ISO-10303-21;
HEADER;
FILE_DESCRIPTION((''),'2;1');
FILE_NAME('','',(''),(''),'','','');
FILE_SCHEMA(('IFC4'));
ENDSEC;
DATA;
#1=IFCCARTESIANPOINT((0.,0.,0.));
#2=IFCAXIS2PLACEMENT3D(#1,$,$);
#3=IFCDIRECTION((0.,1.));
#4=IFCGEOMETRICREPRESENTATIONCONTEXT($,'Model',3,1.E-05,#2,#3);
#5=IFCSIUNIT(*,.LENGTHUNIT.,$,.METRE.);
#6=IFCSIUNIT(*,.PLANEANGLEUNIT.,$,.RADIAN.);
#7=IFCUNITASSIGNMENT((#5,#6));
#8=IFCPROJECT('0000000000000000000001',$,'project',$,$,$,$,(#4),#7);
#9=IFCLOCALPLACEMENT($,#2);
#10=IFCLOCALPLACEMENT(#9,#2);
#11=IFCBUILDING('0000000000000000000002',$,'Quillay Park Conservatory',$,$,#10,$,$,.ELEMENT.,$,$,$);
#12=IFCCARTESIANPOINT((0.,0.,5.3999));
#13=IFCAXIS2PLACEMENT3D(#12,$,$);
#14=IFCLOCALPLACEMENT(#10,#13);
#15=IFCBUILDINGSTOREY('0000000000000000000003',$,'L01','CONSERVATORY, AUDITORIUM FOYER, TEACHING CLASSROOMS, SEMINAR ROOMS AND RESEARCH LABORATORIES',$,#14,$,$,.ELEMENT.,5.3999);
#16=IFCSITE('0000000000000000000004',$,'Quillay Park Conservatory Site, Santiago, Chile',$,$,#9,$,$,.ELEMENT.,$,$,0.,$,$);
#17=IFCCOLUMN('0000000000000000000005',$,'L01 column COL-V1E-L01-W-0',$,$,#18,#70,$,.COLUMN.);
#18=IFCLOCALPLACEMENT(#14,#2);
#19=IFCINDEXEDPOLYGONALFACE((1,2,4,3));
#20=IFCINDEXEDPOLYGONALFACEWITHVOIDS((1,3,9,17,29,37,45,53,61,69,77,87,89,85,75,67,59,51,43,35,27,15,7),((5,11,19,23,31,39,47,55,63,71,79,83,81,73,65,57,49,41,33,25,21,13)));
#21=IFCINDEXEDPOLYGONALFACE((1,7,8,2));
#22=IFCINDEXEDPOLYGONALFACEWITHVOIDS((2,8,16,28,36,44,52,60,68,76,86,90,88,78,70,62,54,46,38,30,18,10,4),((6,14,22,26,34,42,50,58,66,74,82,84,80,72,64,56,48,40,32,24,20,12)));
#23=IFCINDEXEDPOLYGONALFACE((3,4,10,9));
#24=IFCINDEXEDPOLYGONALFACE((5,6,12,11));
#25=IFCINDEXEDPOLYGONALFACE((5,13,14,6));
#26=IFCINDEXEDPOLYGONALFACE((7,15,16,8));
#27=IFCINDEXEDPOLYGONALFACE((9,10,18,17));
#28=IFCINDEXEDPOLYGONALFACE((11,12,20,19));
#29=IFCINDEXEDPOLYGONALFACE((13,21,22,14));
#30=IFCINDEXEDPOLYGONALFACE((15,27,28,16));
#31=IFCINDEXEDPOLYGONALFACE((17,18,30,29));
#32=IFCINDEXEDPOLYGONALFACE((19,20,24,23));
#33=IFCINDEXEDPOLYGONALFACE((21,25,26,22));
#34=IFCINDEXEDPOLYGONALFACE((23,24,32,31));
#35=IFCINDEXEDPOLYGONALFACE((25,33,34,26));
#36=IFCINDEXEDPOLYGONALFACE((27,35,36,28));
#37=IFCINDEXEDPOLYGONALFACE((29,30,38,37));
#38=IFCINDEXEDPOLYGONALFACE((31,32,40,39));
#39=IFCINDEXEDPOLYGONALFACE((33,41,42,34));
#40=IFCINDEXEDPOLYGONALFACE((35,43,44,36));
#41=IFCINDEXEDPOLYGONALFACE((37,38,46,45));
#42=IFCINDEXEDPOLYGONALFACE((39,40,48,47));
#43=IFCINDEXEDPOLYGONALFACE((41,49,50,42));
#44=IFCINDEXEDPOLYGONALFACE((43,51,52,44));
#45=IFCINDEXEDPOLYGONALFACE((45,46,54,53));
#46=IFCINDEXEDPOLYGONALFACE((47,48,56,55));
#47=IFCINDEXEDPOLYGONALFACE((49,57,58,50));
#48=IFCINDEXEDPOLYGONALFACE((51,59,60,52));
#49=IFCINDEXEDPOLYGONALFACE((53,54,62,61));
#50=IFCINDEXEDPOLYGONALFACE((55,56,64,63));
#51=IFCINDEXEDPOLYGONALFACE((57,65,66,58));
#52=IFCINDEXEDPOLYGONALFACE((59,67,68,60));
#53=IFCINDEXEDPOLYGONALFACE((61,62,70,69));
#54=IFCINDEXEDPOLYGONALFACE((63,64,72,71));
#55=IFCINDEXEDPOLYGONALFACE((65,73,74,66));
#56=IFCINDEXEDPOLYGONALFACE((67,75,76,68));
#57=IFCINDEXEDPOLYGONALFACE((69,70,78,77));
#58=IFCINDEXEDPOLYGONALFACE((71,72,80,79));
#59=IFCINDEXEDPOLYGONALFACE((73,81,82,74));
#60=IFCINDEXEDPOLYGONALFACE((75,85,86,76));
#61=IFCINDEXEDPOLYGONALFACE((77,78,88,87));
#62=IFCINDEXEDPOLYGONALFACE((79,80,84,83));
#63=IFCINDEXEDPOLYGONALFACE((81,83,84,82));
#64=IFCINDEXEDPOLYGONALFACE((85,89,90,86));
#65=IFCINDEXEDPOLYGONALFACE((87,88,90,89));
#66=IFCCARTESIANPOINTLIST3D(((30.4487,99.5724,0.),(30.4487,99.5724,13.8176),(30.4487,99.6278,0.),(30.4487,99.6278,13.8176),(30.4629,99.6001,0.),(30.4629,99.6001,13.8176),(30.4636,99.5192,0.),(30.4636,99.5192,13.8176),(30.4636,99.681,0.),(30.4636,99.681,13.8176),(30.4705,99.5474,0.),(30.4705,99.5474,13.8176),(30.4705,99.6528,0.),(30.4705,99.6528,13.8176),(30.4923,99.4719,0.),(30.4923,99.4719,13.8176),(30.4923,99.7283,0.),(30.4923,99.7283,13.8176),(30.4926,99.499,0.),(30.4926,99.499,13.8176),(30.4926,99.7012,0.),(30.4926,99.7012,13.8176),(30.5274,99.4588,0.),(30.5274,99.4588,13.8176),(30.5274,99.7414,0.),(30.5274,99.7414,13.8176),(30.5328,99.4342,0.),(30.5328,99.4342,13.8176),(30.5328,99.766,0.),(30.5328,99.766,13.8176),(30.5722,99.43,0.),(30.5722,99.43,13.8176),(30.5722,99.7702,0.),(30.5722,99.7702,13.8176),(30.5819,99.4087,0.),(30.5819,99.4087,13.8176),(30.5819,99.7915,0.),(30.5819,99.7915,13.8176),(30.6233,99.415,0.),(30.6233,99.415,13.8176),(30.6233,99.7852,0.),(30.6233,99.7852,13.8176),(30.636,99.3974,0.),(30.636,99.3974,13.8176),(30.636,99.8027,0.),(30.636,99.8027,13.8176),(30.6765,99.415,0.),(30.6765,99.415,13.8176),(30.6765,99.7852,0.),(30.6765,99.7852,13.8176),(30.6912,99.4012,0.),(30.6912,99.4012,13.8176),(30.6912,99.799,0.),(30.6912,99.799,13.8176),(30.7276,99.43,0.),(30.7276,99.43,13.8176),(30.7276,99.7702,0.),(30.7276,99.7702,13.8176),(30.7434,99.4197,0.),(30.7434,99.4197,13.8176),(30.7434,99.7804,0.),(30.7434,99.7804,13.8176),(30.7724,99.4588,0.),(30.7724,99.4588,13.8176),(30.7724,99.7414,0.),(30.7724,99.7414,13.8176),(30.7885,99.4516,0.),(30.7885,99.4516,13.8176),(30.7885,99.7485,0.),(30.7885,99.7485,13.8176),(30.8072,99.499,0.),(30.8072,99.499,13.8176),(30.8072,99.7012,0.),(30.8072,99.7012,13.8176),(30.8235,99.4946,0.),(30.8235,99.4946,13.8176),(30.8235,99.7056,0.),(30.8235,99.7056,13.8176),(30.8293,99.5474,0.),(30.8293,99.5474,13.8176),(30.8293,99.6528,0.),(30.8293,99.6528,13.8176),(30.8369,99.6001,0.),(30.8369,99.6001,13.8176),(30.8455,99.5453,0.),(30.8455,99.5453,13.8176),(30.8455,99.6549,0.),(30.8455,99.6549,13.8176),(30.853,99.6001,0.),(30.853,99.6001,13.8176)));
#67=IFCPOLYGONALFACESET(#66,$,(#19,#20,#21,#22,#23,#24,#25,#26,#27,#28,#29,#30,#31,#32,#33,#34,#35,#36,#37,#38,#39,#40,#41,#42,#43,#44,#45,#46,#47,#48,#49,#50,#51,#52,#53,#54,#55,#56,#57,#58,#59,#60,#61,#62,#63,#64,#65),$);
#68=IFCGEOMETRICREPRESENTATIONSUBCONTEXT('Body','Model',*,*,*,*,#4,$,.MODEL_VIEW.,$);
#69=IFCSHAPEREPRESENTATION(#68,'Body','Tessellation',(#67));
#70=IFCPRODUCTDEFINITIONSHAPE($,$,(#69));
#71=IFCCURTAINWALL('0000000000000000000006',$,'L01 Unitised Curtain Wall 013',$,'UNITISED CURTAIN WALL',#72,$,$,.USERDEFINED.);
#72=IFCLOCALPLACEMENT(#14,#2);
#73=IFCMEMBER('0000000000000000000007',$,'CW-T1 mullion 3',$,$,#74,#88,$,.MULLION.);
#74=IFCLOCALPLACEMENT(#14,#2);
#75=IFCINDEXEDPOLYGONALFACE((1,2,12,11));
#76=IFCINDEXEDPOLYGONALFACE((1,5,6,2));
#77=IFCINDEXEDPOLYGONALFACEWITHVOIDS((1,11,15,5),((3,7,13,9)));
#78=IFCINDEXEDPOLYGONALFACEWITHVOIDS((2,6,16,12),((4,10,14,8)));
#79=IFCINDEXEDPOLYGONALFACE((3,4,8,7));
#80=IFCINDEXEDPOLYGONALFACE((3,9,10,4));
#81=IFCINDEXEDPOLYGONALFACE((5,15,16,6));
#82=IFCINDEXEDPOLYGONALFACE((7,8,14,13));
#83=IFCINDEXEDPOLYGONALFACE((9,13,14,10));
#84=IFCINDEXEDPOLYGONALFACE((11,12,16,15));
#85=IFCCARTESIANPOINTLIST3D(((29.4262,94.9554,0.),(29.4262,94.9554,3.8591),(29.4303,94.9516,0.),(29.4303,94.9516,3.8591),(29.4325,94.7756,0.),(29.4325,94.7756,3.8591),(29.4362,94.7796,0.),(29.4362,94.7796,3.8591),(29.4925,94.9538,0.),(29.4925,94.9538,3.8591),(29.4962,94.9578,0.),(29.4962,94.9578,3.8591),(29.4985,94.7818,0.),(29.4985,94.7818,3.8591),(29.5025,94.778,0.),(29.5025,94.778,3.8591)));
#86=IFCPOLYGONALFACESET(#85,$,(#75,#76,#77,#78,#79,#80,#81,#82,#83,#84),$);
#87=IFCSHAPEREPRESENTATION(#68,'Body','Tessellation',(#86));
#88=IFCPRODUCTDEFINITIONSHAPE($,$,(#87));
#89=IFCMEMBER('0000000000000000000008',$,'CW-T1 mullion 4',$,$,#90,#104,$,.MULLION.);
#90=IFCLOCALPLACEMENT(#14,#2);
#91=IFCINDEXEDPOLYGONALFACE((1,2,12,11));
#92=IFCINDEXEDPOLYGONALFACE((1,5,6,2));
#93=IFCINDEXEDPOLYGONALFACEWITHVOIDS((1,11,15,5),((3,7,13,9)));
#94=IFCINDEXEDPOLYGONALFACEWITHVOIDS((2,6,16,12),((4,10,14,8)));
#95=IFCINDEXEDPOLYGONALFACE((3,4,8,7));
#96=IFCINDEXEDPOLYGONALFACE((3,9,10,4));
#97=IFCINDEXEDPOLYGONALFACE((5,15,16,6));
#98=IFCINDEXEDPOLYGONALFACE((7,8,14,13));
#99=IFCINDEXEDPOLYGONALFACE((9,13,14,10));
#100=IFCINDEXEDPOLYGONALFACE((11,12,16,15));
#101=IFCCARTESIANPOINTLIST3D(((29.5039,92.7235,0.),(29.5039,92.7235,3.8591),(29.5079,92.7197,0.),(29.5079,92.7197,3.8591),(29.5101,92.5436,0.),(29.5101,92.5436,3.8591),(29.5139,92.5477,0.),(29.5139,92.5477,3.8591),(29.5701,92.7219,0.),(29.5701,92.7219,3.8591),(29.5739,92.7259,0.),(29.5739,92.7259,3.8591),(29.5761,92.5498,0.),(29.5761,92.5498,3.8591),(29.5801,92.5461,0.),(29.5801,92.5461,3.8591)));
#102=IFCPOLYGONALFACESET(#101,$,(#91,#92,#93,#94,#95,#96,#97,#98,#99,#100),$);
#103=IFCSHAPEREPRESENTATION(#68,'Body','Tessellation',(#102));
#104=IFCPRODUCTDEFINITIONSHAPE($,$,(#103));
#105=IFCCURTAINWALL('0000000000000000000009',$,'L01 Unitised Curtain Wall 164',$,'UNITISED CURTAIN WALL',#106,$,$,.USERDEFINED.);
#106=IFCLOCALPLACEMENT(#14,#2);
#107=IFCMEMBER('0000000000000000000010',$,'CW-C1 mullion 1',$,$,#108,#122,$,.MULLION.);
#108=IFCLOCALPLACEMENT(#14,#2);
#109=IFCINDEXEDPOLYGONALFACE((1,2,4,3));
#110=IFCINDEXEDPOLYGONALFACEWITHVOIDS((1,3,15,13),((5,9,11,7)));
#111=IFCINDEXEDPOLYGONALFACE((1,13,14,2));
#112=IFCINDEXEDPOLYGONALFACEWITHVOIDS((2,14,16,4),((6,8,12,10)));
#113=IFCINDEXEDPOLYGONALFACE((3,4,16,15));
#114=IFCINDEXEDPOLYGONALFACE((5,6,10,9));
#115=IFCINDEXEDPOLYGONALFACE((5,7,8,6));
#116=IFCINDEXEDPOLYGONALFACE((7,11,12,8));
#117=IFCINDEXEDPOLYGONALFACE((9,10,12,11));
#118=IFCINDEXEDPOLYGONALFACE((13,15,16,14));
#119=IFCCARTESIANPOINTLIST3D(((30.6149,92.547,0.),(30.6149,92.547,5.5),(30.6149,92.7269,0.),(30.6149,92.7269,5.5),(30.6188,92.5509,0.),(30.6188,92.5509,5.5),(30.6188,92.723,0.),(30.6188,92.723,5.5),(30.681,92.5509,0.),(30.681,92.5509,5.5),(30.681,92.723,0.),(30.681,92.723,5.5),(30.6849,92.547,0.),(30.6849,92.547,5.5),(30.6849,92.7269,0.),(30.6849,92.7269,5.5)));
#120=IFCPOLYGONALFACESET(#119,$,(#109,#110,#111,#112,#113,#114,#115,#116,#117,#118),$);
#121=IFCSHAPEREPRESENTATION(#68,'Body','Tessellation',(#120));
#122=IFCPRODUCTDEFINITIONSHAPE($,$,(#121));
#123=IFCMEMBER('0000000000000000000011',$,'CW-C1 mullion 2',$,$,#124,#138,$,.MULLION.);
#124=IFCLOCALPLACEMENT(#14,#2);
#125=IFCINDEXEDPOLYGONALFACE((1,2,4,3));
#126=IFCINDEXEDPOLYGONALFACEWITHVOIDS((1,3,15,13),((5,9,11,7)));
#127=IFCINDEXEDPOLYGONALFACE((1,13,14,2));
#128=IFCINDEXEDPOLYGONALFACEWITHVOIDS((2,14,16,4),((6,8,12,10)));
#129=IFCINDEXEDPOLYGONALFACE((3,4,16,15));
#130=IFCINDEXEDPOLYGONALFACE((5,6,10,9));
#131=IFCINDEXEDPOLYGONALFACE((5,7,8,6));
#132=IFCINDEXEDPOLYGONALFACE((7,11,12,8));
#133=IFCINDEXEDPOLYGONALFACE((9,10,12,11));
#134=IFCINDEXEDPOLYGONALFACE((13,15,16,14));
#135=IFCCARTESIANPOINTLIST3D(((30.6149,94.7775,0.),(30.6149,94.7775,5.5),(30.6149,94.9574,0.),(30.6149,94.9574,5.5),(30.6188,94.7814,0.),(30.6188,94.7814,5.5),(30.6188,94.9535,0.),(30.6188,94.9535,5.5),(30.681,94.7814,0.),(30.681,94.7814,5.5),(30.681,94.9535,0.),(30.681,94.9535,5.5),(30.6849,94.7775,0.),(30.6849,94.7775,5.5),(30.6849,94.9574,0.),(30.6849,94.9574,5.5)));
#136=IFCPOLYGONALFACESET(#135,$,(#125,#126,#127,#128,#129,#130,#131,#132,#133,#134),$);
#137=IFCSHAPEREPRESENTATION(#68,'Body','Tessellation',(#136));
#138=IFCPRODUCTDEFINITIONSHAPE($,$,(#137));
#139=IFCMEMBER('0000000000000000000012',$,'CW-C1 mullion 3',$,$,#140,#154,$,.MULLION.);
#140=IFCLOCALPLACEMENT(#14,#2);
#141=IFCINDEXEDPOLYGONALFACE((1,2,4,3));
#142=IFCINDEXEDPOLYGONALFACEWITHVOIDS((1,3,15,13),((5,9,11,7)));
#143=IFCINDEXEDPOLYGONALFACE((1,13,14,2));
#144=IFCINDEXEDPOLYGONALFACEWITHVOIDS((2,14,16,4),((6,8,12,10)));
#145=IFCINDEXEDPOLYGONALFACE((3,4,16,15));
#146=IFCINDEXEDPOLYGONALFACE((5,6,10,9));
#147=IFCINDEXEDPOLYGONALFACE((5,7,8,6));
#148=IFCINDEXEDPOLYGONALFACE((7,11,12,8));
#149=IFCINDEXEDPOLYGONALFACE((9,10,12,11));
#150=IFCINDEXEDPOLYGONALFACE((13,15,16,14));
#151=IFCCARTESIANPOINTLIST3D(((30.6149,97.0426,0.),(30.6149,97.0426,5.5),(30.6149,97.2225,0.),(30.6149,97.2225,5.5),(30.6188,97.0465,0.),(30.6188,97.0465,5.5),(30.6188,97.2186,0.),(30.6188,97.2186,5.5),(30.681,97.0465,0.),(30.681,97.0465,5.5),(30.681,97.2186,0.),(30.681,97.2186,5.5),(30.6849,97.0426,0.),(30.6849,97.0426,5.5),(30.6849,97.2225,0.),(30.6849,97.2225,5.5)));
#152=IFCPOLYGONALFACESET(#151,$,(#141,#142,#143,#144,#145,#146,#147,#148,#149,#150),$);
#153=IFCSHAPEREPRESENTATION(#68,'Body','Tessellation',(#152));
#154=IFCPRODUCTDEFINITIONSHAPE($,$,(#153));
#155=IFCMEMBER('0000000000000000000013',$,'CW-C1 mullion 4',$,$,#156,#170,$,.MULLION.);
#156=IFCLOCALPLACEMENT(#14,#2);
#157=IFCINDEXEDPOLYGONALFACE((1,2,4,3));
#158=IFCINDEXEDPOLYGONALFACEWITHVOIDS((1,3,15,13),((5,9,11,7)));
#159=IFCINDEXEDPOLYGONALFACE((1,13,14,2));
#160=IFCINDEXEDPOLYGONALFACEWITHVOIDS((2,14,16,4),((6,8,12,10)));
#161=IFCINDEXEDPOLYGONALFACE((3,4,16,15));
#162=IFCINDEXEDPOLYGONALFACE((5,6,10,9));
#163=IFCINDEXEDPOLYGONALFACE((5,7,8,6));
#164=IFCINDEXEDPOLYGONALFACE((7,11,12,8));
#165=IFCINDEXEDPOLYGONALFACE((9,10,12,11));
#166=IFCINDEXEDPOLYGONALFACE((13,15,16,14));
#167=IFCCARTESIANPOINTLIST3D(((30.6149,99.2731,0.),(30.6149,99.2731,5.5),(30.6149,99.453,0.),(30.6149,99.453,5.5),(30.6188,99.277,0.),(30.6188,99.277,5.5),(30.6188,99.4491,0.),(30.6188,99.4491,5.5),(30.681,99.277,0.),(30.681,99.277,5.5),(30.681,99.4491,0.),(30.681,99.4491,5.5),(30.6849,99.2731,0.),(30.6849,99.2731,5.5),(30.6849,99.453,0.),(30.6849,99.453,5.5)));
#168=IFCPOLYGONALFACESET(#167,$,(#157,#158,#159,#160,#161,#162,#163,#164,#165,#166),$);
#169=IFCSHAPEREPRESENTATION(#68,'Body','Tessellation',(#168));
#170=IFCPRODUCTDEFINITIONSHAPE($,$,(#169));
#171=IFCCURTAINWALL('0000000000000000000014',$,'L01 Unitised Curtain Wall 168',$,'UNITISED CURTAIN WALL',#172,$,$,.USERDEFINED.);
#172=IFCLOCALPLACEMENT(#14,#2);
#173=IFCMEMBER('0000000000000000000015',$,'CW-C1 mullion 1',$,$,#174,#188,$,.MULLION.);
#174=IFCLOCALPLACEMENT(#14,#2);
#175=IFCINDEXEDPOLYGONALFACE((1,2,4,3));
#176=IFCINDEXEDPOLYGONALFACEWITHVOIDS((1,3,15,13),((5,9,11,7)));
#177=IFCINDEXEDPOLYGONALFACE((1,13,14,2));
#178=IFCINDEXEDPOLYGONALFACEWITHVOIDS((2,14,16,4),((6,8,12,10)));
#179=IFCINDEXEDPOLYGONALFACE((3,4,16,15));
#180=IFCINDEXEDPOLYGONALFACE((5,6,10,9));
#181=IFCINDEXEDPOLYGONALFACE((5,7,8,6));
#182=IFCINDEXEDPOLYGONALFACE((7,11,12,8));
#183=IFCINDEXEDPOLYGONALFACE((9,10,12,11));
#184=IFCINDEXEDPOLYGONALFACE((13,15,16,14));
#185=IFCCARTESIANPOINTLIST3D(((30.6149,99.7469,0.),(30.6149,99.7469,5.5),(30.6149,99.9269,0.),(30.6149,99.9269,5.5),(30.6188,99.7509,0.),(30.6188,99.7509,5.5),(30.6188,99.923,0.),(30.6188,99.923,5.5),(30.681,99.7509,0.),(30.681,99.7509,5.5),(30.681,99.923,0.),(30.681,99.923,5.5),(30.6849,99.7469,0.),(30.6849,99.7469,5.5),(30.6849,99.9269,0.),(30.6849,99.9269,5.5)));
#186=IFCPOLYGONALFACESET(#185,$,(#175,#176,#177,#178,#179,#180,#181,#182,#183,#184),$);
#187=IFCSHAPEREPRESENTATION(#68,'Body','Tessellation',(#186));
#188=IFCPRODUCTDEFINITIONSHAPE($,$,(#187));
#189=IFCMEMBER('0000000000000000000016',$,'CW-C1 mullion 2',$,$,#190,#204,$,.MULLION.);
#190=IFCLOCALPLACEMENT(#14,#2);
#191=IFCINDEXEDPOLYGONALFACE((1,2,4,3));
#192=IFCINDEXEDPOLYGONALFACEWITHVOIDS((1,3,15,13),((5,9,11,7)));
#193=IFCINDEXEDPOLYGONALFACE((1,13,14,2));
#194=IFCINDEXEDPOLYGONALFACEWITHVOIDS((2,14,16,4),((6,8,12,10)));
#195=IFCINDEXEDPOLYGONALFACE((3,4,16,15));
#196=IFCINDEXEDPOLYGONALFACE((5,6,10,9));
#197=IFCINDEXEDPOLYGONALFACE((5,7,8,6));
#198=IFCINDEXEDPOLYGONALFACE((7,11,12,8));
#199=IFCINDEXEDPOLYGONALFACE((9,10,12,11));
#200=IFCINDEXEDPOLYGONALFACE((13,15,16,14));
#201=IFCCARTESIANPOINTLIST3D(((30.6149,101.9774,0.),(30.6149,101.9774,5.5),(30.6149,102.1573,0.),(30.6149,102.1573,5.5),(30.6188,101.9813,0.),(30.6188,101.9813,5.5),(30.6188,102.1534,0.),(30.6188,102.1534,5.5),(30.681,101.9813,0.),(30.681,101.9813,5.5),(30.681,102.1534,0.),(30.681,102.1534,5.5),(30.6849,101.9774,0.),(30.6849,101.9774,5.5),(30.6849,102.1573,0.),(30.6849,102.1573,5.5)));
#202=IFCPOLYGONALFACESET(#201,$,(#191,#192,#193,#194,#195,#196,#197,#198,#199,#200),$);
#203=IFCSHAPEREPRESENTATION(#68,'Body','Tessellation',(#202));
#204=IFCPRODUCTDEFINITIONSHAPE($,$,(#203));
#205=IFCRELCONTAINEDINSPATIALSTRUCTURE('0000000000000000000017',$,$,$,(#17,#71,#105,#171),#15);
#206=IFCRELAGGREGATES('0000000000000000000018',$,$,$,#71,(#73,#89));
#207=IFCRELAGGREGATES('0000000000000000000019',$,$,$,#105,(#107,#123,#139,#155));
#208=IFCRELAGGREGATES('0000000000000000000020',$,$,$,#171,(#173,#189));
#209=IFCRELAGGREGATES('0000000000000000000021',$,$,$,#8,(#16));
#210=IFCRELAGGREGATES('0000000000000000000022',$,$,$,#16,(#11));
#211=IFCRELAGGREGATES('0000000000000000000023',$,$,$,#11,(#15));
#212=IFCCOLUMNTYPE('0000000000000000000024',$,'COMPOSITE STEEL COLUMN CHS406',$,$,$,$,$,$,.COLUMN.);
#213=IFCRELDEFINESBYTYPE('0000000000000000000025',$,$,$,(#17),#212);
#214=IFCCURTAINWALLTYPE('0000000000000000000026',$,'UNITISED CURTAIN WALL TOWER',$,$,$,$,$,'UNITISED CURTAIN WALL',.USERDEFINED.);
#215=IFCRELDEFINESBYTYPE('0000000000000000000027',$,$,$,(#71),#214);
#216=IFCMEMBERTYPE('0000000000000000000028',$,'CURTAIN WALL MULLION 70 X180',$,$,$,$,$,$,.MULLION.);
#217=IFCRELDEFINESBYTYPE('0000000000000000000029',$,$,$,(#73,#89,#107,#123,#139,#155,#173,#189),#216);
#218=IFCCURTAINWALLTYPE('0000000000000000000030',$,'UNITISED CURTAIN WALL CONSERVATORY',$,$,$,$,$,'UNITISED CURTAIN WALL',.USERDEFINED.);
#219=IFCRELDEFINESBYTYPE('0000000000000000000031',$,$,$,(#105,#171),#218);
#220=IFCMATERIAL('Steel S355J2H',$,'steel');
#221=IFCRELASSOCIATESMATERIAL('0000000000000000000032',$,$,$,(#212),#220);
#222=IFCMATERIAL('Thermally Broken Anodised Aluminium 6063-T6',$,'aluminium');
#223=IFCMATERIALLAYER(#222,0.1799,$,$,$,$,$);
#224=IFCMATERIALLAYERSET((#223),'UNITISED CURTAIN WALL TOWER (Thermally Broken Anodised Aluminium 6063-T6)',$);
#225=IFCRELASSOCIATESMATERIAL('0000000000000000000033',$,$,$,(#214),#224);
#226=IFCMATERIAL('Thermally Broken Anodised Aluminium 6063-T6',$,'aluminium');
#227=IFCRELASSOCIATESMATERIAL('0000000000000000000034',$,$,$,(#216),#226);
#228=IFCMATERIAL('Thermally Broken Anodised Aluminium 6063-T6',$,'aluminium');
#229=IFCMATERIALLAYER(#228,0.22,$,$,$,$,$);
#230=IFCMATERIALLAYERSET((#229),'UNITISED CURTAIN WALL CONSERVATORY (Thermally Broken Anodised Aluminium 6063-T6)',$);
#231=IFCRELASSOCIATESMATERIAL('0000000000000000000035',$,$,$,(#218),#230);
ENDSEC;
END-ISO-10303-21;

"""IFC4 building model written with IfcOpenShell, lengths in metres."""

from ifc_helpers import new_model, si_unit, direction, frame, origin, origin_2d, place, context, subcontext, project, spatial, hollow_rectangle, hollow_circle, extrude, material, layer, layer_set, material_profile, profile_set, type_object, element, aggregate, save


model = new_model("IFC4")

# Units and contexts
model_context = context("Model", 3, precision=1e-05, world=origin(), true_north=direction((0.0, 1.0)))
body_context = subcontext(model_context, "Body", "Model", "MODEL_VIEW")
ifc_project = project(units=[si_unit("LENGTHUNIT", "METRE"), si_unit("PLANEANGLEUNIT", "RADIAN")], contexts=[model_context])

# Site, building, storey
site_placement = place(None, origin())
site = spatial("IfcSite", under=ifc_project, at=site_placement, Name="Quillay Park Conservatory Site, Santiago, Chile", CompositionType="ELEMENT", RefElevation=0.0)
building_placement = place(site_placement, origin())
building = spatial("IfcBuilding", under=site, at=building_placement, Name="Quillay Park Conservatory", CompositionType="ELEMENT")
storey_placement = place(building_placement, frame((0.0, 0.0, 5.3999)))
storey = spatial("IfcBuildingStorey", under=building, at=storey_placement, Name="L01", Description="CONSERVATORY, AUDITORIUM FOYER, TEACHING CLASSROOMS, SEMINAR ROOMS AND RESEARCH LABORATORIES", CompositionType="ELEMENT", Elevation=5.3999)

# Column
ifc_material_1 = material(Name="Steel S355J2H", Category="steel")
ifc_material_profile_1 = material_profile(ifc_material_1, hollow_circle(Radius=0.2031, WallThickness=0.0161, at=origin_2d()), Name="CHS406.4x16")
ifc_profile_set_1 = profile_set([ifc_material_profile_1], Name="Steel S355J2H")
column_type = type_object("IfcColumnType", Name="COMPOSITE STEEL COLUMN CHS406", PredefinedType="COLUMN", material=ifc_profile_set_1)
column_placement = place(storey_placement, frame((30.6499, 99.6001, 0.0), z_axis=(0.0, 0.0, 1.0), x_axis=(1.0, 0.0, 0.0)))
element("IfcColumn", 1, at=column_placement, inside=storey, type_object=column_type, Name="L01 column COL-V1E-L01-W-0", PredefinedType="COLUMN", context=body_context, shape_type="SweptSolid", body=[
    extrude(hollow_circle(Radius=0.2031, WallThickness=0.0161, at=origin_2d()), origin(), (0.0, 0.0, 1.0), 13.8176),
])

# Curtain walls, members
ifc_material_2 = material(Name="Thermally Broken Anodised Aluminium 6063-T6", Category="aluminium")
ifc_layer_1 = layer(ifc_material_2, 0.1799)
ifc_layer_set_1 = layer_set([ifc_layer_1], Name="UNITISED CURTAIN WALL TOWER (Thermally Broken Anodised Aluminium 6063-T6)")
curtain_wall_type_1 = type_object("IfcCurtainWallType", Name="UNITISED CURTAIN WALL TOWER", ElementType="UNITISED CURTAIN WALL", PredefinedType="USERDEFINED", material=ifc_layer_set_1)
curtain_wall_1_placement = place(storey_placement, origin())
curtain_wall_1 = element("IfcCurtainWall", 2, at=curtain_wall_1_placement, inside=storey, type_object=curtain_wall_type_1, Name="L01 Unitised Curtain Wall 013", ObjectType="UNITISED CURTAIN WALL", PredefinedType="USERDEFINED")
ifc_material_3 = material(Name="Thermally Broken Anodised Aluminium 6063-T6", Category="aluminium")
ifc_material_profile_2 = material_profile(ifc_material_3, hollow_rectangle(XDim=0.0701, YDim=0.1799, WallThickness=0.0039, at=origin_2d()), Name="AL70x180x4")
ifc_profile_set_2 = profile_set([ifc_material_profile_2], Name="Thermally Broken Anodised Aluminium 6063-T6")
member_type_1 = type_object("IfcMemberType", Name="CURTAIN WALL MULLION 70 X180", PredefinedType="MULLION", material=ifc_profile_set_2)
member_1_placement = place(storey_placement, frame((29.4644, 94.8667, 0.0), z_axis=(0.0, 0.0, 1.0), x_axis=(0.999397, 0.034713, 0.0)))
member_1 = element("IfcMember", 3, at=member_1_placement, type_object=member_type_1, Name="CW-T1 mullion 3", PredefinedType="MULLION", context=body_context, shape_type="SweptSolid", body=[
    extrude(hollow_rectangle(XDim=0.0701, YDim=0.1799, WallThickness=0.0039, at=origin_2d()), origin(), (0.0, 0.0, 1.0), 3.8591),
])
member_2_placement = place(storey_placement, frame((29.542, 92.6348, 0.0), z_axis=(0.0, 0.0, 1.0), x_axis=(0.999397, 0.034713, 0.0)))
member_2 = element("IfcMember", 4, at=member_2_placement, type_object=member_type_1, Name="CW-T1 mullion 4", PredefinedType="MULLION", context=body_context, shape_type="SweptSolid", body=[
    extrude(hollow_rectangle(XDim=0.0701, YDim=0.1799, WallThickness=0.0039, at=origin_2d()), origin(), (0.0, 0.0, 1.0), 3.8591),
])
ifc_material_4 = material(Name="Thermally Broken Anodised Aluminium 6063-T6", Category="aluminium")
ifc_layer_2 = layer(ifc_material_4, 0.22)
ifc_layer_set_2 = layer_set([ifc_layer_2], Name="UNITISED CURTAIN WALL CONSERVATORY (Thermally Broken Anodised Aluminium 6063-T6)")
curtain_wall_type_2 = type_object("IfcCurtainWallType", Name="UNITISED CURTAIN WALL CONSERVATORY", ElementType="UNITISED CURTAIN WALL", PredefinedType="USERDEFINED", material=ifc_layer_set_2)
curtain_wall_2_placement = place(storey_placement, origin())
curtain_wall_2 = element("IfcCurtainWall", 5, at=curtain_wall_2_placement, inside=storey, type_object=curtain_wall_type_2, Name="L01 Unitised Curtain Wall 164", ObjectType="UNITISED CURTAIN WALL", PredefinedType="USERDEFINED")
member_3_placement = place(storey_placement, frame((30.6499, 92.637, 0.0), z_axis=(0.0, 0.0, 1.0), x_axis=(-1.0, 0.0, 0.0)))
member_3 = element("IfcMember", 6, at=member_3_placement, type_object=member_type_1, Name="CW-C1 mullion 1", PredefinedType="MULLION", context=body_context, shape_type="SweptSolid", body=[
    extrude(hollow_rectangle(XDim=0.0701, YDim=0.1799, WallThickness=0.0039, at=origin_2d()), origin(), (0.0, 0.0, 1.0), 5.5),
])
member_4_placement = place(storey_placement, frame((30.6499, 94.8674, 0.0), z_axis=(0.0, 0.0, 1.0), x_axis=(-1.0, 0.0, 0.0)))
member_4 = element("IfcMember", 7, at=member_4_placement, type_object=member_type_1, Name="CW-C1 mullion 2", PredefinedType="MULLION", context=body_context, shape_type="SweptSolid", body=[
    extrude(hollow_rectangle(XDim=0.0701, YDim=0.1799, WallThickness=0.0039, at=origin_2d()), origin(), (0.0, 0.0, 1.0), 5.5),
])
member_5_placement = place(storey_placement, frame((30.6499, 97.1326, 0.0), z_axis=(0.0, 0.0, 1.0), x_axis=(-1.0, 0.0, 0.0)))
member_5 = element("IfcMember", 8, at=member_5_placement, type_object=member_type_1, Name="CW-C1 mullion 3", PredefinedType="MULLION", context=body_context, shape_type="SweptSolid", body=[
    extrude(hollow_rectangle(XDim=0.0701, YDim=0.1799, WallThickness=0.0039, at=origin_2d()), origin(), (0.0, 0.0, 1.0), 5.5),
])
member_6_placement = place(storey_placement, frame((30.6499, 99.363, 0.0), z_axis=(0.0, 0.0, 1.0), x_axis=(-1.0, 0.0, 0.0)))
member_6 = element("IfcMember", 9, at=member_6_placement, type_object=member_type_1, Name="CW-C1 mullion 4", PredefinedType="MULLION", context=body_context, shape_type="SweptSolid", body=[
    extrude(hollow_rectangle(XDim=0.0701, YDim=0.1799, WallThickness=0.0039, at=origin_2d()), origin(), (0.0, 0.0, 1.0), 5.5),
])
curtain_wall_3_placement = place(storey_placement, origin())
curtain_wall_3 = element("IfcCurtainWall", 10, at=curtain_wall_3_placement, inside=storey, type_object=curtain_wall_type_2, Name="L01 Unitised Curtain Wall 168", ObjectType="UNITISED CURTAIN WALL", PredefinedType="USERDEFINED")
member_7_placement = place(storey_placement, frame((30.6499, 99.8369, 0.0), z_axis=(0.0, 0.0, 1.0), x_axis=(-1.0, 0.0, 0.0)))
member_7 = element("IfcMember", 11, at=member_7_placement, type_object=member_type_1, Name="CW-C1 mullion 1", PredefinedType="MULLION", context=body_context, shape_type="SweptSolid", body=[
    extrude(hollow_rectangle(XDim=0.0701, YDim=0.1799, WallThickness=0.0039, at=origin_2d()), origin(), (0.0, 0.0, 1.0), 5.5),
])
member_8_placement = place(storey_placement, frame((30.6499, 102.0674, 0.0), z_axis=(0.0, 0.0, 1.0), x_axis=(-1.0, 0.0, 0.0)))
member_8 = element("IfcMember", 12, at=member_8_placement, type_object=member_type_1, Name="CW-C1 mullion 2", PredefinedType="MULLION", context=body_context, shape_type="SweptSolid", body=[
    extrude(hollow_rectangle(XDim=0.0701, YDim=0.1799, WallThickness=0.0039, at=origin_2d()), origin(), (0.0, 0.0, 1.0), 5.5),
])

aggregate(curtain_wall_1, [member_1, member_2])
aggregate(curtain_wall_2, [member_3, member_4, member_5, member_6])
aggregate(curtain_wall_3, [member_7, member_8])

save(model, "model.ifc")
